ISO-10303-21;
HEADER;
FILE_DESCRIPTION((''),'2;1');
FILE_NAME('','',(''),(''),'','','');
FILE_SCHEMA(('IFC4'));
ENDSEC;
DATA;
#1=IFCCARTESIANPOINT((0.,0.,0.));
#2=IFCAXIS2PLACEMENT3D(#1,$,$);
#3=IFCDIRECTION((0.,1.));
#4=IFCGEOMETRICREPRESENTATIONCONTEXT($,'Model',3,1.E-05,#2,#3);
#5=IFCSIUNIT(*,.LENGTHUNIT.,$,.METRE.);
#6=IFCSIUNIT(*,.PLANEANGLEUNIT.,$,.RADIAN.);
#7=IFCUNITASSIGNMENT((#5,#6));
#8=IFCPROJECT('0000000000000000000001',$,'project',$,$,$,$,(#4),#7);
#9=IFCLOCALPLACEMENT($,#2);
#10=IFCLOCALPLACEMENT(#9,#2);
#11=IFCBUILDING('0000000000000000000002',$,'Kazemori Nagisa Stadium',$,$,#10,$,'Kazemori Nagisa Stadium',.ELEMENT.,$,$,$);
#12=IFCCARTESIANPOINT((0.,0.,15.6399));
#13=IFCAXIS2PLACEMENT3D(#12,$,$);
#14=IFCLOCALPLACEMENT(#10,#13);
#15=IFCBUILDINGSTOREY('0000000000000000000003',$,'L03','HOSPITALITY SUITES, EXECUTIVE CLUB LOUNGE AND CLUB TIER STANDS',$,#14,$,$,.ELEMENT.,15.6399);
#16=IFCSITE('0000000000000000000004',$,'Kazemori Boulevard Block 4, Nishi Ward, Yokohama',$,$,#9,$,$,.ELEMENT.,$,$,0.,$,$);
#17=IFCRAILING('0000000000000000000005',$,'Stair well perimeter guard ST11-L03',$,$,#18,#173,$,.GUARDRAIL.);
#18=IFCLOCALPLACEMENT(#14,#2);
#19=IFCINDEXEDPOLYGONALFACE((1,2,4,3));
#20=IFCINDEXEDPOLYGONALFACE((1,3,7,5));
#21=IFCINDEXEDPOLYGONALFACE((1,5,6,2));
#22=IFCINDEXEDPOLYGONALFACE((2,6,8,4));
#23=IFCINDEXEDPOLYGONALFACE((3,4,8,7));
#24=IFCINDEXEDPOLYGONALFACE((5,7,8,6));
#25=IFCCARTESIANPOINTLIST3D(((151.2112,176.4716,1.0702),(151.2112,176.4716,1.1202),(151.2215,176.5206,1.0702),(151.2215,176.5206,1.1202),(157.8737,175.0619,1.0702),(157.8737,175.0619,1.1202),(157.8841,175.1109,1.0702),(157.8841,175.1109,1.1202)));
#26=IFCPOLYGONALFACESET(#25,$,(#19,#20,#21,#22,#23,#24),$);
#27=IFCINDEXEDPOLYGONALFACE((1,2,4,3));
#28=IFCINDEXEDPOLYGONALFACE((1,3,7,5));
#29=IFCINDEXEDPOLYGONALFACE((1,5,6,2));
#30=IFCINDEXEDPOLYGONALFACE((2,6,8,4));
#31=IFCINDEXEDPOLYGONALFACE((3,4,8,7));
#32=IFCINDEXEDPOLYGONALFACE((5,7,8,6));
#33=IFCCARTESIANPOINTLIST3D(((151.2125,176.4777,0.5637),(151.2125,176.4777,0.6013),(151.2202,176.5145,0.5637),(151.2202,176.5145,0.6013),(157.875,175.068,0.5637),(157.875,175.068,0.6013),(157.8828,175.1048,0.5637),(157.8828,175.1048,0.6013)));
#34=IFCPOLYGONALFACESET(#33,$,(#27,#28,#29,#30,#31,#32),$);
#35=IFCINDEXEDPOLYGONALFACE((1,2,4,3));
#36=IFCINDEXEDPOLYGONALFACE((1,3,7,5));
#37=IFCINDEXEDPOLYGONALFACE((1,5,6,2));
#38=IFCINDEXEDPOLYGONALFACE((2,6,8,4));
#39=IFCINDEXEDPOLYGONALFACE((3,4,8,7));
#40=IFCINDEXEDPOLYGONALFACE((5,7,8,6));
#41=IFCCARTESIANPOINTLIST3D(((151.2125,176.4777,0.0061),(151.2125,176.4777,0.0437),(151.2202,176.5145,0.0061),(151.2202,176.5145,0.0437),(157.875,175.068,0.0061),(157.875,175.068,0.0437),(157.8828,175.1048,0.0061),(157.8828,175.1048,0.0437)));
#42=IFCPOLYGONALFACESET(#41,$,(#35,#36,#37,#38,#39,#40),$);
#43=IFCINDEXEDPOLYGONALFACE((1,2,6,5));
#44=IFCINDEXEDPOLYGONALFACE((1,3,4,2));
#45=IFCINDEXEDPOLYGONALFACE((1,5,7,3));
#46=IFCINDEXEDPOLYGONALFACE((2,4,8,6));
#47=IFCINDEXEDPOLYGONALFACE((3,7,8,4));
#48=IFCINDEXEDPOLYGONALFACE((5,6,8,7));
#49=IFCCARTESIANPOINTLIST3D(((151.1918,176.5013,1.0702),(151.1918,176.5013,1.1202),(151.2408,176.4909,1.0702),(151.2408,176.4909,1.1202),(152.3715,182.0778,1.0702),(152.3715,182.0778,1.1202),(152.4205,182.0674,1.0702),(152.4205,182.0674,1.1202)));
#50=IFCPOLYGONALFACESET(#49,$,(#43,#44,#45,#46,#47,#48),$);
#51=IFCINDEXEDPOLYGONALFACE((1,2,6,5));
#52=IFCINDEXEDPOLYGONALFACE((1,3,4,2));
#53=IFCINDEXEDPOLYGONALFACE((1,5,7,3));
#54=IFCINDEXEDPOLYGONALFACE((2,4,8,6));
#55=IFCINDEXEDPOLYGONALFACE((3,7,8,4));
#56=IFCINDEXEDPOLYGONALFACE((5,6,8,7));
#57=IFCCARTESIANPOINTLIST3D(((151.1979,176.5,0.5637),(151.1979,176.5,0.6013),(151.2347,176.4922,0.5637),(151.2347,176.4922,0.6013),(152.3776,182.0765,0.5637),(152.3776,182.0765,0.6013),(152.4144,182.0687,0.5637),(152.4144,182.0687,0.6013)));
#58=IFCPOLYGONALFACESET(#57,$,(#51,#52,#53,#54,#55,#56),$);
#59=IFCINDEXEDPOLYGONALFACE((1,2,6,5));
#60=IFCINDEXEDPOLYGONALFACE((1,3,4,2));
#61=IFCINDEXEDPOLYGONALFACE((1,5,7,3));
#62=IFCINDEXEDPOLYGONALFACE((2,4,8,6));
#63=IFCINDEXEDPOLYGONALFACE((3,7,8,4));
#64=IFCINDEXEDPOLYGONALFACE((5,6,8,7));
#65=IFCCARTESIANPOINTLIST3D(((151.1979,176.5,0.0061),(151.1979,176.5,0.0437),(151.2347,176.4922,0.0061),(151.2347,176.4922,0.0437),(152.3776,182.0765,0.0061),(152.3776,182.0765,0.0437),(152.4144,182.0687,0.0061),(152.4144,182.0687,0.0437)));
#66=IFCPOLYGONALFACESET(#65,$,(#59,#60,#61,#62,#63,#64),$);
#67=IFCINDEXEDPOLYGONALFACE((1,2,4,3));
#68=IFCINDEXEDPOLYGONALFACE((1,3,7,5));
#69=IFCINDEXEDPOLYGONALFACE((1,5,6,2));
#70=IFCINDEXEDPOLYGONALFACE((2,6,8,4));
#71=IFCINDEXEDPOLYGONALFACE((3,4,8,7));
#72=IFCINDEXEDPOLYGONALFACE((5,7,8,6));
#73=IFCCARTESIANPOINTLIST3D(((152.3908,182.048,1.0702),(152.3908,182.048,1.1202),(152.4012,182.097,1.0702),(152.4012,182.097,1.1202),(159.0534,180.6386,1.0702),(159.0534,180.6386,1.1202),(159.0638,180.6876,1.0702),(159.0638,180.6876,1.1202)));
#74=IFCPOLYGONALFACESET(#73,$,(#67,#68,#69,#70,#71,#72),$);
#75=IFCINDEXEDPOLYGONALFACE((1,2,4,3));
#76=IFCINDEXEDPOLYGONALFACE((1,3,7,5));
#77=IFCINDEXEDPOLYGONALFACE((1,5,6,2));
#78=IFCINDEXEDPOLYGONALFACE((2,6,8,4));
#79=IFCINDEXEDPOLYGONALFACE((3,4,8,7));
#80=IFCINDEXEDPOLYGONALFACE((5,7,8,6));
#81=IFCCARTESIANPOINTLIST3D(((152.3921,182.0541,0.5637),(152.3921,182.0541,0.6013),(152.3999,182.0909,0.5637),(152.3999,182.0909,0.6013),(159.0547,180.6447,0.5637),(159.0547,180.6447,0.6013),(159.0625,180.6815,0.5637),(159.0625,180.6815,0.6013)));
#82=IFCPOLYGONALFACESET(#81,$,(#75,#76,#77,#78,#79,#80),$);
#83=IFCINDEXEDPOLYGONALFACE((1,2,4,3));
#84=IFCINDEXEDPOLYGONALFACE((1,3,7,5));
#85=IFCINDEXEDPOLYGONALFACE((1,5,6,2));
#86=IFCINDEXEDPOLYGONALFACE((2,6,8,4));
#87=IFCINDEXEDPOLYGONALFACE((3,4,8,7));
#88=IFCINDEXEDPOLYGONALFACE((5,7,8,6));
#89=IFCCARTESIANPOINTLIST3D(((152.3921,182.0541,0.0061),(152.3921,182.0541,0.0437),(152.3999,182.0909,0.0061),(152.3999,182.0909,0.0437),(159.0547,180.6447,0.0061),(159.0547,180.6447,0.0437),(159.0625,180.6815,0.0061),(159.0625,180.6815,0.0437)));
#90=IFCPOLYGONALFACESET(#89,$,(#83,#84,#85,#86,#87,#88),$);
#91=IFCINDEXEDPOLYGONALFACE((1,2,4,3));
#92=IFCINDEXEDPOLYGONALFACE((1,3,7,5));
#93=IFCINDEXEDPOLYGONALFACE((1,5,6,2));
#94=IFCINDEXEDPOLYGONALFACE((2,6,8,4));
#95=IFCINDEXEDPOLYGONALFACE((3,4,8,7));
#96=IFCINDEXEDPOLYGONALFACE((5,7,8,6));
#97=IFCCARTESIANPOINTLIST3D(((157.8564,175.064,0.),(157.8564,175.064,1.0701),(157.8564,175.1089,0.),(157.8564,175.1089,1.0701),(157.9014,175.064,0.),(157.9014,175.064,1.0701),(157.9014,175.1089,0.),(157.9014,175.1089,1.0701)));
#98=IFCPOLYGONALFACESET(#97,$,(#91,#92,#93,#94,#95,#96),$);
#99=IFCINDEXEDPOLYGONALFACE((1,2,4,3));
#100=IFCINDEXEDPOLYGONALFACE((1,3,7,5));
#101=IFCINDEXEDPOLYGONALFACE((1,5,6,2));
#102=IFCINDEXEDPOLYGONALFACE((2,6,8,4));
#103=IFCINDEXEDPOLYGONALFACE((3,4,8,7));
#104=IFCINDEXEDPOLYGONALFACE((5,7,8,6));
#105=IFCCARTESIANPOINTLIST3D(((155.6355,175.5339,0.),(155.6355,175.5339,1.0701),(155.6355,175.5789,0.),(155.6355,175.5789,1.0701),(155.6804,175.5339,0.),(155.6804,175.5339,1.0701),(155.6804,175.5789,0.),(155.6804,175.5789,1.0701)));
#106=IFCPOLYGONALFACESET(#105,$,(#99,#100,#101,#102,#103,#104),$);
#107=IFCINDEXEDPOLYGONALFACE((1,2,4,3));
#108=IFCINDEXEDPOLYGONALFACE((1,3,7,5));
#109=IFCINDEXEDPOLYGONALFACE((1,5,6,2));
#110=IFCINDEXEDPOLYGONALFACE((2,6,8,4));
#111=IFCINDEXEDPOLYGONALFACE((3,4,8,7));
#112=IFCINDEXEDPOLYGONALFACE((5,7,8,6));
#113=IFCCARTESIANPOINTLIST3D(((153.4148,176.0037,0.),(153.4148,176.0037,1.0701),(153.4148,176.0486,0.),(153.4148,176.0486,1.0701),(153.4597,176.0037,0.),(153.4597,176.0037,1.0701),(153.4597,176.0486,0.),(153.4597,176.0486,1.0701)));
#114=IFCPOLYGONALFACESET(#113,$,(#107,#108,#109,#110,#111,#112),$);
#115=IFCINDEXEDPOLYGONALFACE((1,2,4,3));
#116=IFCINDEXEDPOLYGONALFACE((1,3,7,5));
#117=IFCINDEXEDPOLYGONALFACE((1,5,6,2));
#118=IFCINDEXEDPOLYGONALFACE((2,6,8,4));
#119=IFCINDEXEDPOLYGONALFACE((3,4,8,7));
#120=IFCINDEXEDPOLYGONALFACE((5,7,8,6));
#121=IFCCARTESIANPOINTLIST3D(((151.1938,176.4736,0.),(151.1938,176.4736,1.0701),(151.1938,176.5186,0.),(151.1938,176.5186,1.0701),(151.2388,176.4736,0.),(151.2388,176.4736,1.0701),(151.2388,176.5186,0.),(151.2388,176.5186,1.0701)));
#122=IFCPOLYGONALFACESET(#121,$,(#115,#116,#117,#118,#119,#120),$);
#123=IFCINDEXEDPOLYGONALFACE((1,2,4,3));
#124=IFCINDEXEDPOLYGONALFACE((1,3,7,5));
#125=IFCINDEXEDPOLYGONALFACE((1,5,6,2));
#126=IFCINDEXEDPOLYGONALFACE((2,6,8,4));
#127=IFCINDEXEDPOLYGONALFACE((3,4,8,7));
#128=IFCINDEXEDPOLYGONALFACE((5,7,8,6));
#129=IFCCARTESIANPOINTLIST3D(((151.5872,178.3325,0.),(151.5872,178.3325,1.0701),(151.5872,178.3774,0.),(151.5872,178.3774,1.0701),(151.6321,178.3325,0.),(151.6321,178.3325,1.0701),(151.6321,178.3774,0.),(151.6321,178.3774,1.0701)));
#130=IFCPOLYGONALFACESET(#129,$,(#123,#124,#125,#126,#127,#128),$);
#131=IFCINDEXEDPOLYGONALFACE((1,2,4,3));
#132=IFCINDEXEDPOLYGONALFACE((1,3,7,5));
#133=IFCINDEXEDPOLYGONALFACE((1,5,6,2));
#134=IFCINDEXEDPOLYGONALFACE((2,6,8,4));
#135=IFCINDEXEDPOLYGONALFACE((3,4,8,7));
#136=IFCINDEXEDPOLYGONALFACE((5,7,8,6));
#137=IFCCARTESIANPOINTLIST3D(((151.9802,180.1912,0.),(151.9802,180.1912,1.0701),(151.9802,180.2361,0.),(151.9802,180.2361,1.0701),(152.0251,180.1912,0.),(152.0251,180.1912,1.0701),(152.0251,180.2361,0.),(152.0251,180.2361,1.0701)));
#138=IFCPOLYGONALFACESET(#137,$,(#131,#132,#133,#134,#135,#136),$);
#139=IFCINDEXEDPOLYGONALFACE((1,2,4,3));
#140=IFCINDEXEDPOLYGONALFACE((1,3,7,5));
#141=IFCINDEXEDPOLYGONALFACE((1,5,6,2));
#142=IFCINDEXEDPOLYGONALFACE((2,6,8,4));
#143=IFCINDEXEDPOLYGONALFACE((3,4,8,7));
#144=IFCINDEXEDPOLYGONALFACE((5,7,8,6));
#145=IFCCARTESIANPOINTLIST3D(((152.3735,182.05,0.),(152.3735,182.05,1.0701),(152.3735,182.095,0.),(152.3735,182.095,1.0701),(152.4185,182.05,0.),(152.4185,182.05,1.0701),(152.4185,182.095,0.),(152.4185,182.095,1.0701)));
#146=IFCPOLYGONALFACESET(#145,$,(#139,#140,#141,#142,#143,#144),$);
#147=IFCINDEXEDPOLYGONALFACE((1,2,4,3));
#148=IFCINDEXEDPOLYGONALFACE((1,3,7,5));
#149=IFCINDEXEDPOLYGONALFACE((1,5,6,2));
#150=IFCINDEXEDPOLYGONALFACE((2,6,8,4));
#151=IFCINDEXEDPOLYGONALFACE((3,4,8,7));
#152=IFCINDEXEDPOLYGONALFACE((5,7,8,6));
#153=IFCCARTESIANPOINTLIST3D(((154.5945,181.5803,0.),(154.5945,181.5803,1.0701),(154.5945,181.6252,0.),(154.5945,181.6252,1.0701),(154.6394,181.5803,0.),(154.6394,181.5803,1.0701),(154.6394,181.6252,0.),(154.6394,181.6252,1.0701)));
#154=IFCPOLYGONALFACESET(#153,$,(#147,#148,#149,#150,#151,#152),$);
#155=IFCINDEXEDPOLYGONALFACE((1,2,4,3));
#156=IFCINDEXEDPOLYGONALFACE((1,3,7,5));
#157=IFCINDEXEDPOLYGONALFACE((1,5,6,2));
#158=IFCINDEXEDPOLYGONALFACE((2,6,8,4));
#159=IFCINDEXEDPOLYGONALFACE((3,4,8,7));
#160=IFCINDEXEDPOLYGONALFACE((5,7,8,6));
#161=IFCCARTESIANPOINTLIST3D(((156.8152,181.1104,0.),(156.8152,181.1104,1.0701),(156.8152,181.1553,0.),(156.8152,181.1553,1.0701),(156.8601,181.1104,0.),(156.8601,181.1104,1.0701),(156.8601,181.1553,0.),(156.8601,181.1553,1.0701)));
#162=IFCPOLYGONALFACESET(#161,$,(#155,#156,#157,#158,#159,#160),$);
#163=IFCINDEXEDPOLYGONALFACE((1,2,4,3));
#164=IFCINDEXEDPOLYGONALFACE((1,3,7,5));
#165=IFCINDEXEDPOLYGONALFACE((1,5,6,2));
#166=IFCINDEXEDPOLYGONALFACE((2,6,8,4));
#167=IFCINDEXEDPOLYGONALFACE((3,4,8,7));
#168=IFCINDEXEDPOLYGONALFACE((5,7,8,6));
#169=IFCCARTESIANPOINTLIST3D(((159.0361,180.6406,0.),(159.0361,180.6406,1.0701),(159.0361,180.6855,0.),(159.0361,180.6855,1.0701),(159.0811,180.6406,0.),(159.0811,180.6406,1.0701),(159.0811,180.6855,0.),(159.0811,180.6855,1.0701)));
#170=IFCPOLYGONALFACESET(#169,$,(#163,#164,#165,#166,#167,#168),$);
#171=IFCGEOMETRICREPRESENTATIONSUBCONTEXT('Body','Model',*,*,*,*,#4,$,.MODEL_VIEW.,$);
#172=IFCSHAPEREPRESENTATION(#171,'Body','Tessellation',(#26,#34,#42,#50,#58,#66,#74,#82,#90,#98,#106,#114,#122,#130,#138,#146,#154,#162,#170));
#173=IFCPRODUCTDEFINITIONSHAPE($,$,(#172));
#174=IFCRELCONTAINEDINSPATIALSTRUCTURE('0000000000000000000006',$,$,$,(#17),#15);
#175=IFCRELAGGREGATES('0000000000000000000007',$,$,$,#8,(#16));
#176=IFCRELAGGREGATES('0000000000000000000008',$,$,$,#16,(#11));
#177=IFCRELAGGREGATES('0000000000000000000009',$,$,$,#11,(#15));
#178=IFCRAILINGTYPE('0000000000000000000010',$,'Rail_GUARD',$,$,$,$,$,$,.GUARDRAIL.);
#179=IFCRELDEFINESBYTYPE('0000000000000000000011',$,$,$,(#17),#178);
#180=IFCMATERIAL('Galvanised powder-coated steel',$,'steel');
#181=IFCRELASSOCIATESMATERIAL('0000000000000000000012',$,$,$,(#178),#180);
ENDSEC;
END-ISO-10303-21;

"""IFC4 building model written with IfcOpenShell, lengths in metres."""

from ifc_helpers import new_model, si_unit, direction, frame, origin, origin_2d, place, context, subcontext, project, spatial, rectangle, extrude, material, type_object, element, save


model = new_model("IFC4")

# Units and contexts
model_context = context("Model", 3, precision=1e-05, world=origin(), true_north=direction((0.0, 1.0)))
body_context = subcontext(model_context, "Body", "Model", "MODEL_VIEW")
ifc_project = project(units=[si_unit("LENGTHUNIT", "METRE"), si_unit("PLANEANGLEUNIT", "RADIAN")], contexts=[model_context])

# Site, building, storey
site_placement = place(None, origin())
site = spatial("IfcSite", under=ifc_project, at=site_placement, Name="Kazemori Boulevard Block 4, Nishi Ward, Yokohama", CompositionType="ELEMENT", RefElevation=0.0)
building_placement = place(site_placement, origin())
building = spatial("IfcBuilding", under=site, at=building_placement, Name="Kazemori Nagisa Stadium", LongName="Kazemori Nagisa Stadium", CompositionType="ELEMENT")
storey_placement = place(building_placement, frame((0.0, 0.0, 15.6399)))
storey = spatial("IfcBuildingStorey", under=building, at=storey_placement, Name="L03", Description="HOSPITALITY SUITES, EXECUTIVE CLUB LOUNGE AND CLUB TIER STANDS", CompositionType="ELEMENT", Elevation=15.6399)

# Railing
ifc_material_1 = material(Name="Galvanised powder-coated steel", Category="steel")
railing_type_1 = type_object("IfcRailingType", Name="Rail_GUARD", PredefinedType="GUARDRAIL", material=ifc_material_1)
railing_1_placement = place(storey_placement, frame((157.8789, 175.0864, 0.0)))
element("IfcRailing", 1, at=railing_1_placement, inside=storey, type_object=railing_type_1, Name="Stair well perimeter guard ST11-L03", PredefinedType="GUARDRAIL", context=body_context, shape_type="SweptSolid", body=[
    extrude(rectangle(XDim=0.05, YDim=0.05, at=origin_2d()), frame((0.0, 0.0, 1.0952), z_axis=(-0.978342, 0.206997, 0.0), x_axis=(-0.206997, -0.978342, 0.0)), (0.0, 0.0, 1.0), 6.8101),
    extrude(rectangle(XDim=0.0376, YDim=0.0376, at=origin_2d()), frame((0.0, 0.0, 0.5825), z_axis=(-0.978342, 0.206997, 0.0), x_axis=(-0.206997, -0.978342, 0.0)), (0.0, 0.0, 1.0), 6.8101),
    extrude(rectangle(XDim=0.0376, YDim=0.0376, at=origin_2d()), frame((0.0, 0.0, 0.0249), z_axis=(-0.978342, 0.206997, 0.0), x_axis=(-0.206997, -0.978342, 0.0)), (0.0, 0.0, 1.0), 6.8101),
    extrude(rectangle(XDim=0.05, YDim=0.05, at=origin_2d()), frame((-6.6626, 1.4097, 1.0952), z_axis=(0.206969, 0.978348, 0.0), x_axis=(-0.978348, 0.206969, 0.0)), (0.0, 0.0, 1.0), 5.7),
    extrude(rectangle(XDim=0.0376, YDim=0.0376, at=origin_2d()), frame((-6.6626, 1.4097, 0.5825), z_axis=(0.206969, 0.978348, 0.0), x_axis=(-0.978348, 0.206969, 0.0)), (0.0, 0.0, 1.0), 5.7),
    extrude(rectangle(XDim=0.0376, YDim=0.0376, at=origin_2d()), frame((-6.6626, 1.4097, 0.0249), z_axis=(0.206969, 0.978348, 0.0), x_axis=(-0.978348, 0.206969, 0.0)), (0.0, 0.0, 1.0), 5.7),
    extrude(rectangle(XDim=0.05, YDim=0.05, at=origin_2d()), frame((-5.4829, 6.9861, 1.0952), z_axis=(0.978349, -0.206963, 0.0), x_axis=(0.206963, 0.978349, 0.0)), (0.0, 0.0, 1.0), 6.8101),
    extrude(rectangle(XDim=0.0376, YDim=0.0376, at=origin_2d()), frame((-5.4829, 6.9861, 0.5825), z_axis=(0.978349, -0.206963, 0.0), x_axis=(0.206963, 0.978349, 0.0)), (0.0, 0.0, 1.0), 6.8101),
    extrude(rectangle(XDim=0.0376, YDim=0.0376, at=origin_2d()), frame((-5.4829, 6.9861, 0.0249), z_axis=(0.978349, -0.206963, 0.0), x_axis=(0.206963, 0.978349, 0.0)), (0.0, 0.0, 1.0), 6.8101),
    extrude(rectangle(XDim=0.0449, YDim=0.0449, at=origin_2d()), origin(), (0.0, 0.0, 1.0), 1.0701),
    extrude(rectangle(XDim=0.0449, YDim=0.0449, at=origin_2d()), frame((-2.2209, 0.47, 0.0)), (0.0, 0.0, 1.0), 1.0701),
    extrude(rectangle(XDim=0.0449, YDim=0.0449, at=origin_2d()), frame((-4.4417, 0.9397, 0.0)), (0.0, 0.0, 1.0), 1.0701),
    extrude(rectangle(XDim=0.0449, YDim=0.0449, at=origin_2d()), frame((-6.6626, 1.4097, 0.0)), (0.0, 0.0, 1.0), 1.0701),
    extrude(rectangle(XDim=0.0449, YDim=0.0449, at=origin_2d()), frame((-6.2693, 3.2686, 0.0)), (0.0, 0.0, 1.0), 1.0701),
    extrude(rectangle(XDim=0.0449, YDim=0.0449, at=origin_2d()), frame((-5.8762, 5.1272, 0.0)), (0.0, 0.0, 1.0), 1.0701),
    extrude(rectangle(XDim=0.0449, YDim=0.0449, at=origin_2d()), frame((-5.4829, 6.9861, 0.0)), (0.0, 0.0, 1.0), 1.0701),
    extrude(rectangle(XDim=0.0449, YDim=0.0449, at=origin_2d()), frame((-3.262, 6.5164, 0.0)), (0.0, 0.0, 1.0), 1.0701),
    extrude(rectangle(XDim=0.0449, YDim=0.0449, at=origin_2d()), frame((-1.0413, 6.0464, 0.0)), (0.0, 0.0, 1.0), 1.0701),
    extrude(rectangle(XDim=0.0449, YDim=0.0449, at=origin_2d()), frame((1.1797, 5.5767, 0.0)), (0.0, 0.0, 1.0), 1.0701),
])

save(model, "model.ifc")
